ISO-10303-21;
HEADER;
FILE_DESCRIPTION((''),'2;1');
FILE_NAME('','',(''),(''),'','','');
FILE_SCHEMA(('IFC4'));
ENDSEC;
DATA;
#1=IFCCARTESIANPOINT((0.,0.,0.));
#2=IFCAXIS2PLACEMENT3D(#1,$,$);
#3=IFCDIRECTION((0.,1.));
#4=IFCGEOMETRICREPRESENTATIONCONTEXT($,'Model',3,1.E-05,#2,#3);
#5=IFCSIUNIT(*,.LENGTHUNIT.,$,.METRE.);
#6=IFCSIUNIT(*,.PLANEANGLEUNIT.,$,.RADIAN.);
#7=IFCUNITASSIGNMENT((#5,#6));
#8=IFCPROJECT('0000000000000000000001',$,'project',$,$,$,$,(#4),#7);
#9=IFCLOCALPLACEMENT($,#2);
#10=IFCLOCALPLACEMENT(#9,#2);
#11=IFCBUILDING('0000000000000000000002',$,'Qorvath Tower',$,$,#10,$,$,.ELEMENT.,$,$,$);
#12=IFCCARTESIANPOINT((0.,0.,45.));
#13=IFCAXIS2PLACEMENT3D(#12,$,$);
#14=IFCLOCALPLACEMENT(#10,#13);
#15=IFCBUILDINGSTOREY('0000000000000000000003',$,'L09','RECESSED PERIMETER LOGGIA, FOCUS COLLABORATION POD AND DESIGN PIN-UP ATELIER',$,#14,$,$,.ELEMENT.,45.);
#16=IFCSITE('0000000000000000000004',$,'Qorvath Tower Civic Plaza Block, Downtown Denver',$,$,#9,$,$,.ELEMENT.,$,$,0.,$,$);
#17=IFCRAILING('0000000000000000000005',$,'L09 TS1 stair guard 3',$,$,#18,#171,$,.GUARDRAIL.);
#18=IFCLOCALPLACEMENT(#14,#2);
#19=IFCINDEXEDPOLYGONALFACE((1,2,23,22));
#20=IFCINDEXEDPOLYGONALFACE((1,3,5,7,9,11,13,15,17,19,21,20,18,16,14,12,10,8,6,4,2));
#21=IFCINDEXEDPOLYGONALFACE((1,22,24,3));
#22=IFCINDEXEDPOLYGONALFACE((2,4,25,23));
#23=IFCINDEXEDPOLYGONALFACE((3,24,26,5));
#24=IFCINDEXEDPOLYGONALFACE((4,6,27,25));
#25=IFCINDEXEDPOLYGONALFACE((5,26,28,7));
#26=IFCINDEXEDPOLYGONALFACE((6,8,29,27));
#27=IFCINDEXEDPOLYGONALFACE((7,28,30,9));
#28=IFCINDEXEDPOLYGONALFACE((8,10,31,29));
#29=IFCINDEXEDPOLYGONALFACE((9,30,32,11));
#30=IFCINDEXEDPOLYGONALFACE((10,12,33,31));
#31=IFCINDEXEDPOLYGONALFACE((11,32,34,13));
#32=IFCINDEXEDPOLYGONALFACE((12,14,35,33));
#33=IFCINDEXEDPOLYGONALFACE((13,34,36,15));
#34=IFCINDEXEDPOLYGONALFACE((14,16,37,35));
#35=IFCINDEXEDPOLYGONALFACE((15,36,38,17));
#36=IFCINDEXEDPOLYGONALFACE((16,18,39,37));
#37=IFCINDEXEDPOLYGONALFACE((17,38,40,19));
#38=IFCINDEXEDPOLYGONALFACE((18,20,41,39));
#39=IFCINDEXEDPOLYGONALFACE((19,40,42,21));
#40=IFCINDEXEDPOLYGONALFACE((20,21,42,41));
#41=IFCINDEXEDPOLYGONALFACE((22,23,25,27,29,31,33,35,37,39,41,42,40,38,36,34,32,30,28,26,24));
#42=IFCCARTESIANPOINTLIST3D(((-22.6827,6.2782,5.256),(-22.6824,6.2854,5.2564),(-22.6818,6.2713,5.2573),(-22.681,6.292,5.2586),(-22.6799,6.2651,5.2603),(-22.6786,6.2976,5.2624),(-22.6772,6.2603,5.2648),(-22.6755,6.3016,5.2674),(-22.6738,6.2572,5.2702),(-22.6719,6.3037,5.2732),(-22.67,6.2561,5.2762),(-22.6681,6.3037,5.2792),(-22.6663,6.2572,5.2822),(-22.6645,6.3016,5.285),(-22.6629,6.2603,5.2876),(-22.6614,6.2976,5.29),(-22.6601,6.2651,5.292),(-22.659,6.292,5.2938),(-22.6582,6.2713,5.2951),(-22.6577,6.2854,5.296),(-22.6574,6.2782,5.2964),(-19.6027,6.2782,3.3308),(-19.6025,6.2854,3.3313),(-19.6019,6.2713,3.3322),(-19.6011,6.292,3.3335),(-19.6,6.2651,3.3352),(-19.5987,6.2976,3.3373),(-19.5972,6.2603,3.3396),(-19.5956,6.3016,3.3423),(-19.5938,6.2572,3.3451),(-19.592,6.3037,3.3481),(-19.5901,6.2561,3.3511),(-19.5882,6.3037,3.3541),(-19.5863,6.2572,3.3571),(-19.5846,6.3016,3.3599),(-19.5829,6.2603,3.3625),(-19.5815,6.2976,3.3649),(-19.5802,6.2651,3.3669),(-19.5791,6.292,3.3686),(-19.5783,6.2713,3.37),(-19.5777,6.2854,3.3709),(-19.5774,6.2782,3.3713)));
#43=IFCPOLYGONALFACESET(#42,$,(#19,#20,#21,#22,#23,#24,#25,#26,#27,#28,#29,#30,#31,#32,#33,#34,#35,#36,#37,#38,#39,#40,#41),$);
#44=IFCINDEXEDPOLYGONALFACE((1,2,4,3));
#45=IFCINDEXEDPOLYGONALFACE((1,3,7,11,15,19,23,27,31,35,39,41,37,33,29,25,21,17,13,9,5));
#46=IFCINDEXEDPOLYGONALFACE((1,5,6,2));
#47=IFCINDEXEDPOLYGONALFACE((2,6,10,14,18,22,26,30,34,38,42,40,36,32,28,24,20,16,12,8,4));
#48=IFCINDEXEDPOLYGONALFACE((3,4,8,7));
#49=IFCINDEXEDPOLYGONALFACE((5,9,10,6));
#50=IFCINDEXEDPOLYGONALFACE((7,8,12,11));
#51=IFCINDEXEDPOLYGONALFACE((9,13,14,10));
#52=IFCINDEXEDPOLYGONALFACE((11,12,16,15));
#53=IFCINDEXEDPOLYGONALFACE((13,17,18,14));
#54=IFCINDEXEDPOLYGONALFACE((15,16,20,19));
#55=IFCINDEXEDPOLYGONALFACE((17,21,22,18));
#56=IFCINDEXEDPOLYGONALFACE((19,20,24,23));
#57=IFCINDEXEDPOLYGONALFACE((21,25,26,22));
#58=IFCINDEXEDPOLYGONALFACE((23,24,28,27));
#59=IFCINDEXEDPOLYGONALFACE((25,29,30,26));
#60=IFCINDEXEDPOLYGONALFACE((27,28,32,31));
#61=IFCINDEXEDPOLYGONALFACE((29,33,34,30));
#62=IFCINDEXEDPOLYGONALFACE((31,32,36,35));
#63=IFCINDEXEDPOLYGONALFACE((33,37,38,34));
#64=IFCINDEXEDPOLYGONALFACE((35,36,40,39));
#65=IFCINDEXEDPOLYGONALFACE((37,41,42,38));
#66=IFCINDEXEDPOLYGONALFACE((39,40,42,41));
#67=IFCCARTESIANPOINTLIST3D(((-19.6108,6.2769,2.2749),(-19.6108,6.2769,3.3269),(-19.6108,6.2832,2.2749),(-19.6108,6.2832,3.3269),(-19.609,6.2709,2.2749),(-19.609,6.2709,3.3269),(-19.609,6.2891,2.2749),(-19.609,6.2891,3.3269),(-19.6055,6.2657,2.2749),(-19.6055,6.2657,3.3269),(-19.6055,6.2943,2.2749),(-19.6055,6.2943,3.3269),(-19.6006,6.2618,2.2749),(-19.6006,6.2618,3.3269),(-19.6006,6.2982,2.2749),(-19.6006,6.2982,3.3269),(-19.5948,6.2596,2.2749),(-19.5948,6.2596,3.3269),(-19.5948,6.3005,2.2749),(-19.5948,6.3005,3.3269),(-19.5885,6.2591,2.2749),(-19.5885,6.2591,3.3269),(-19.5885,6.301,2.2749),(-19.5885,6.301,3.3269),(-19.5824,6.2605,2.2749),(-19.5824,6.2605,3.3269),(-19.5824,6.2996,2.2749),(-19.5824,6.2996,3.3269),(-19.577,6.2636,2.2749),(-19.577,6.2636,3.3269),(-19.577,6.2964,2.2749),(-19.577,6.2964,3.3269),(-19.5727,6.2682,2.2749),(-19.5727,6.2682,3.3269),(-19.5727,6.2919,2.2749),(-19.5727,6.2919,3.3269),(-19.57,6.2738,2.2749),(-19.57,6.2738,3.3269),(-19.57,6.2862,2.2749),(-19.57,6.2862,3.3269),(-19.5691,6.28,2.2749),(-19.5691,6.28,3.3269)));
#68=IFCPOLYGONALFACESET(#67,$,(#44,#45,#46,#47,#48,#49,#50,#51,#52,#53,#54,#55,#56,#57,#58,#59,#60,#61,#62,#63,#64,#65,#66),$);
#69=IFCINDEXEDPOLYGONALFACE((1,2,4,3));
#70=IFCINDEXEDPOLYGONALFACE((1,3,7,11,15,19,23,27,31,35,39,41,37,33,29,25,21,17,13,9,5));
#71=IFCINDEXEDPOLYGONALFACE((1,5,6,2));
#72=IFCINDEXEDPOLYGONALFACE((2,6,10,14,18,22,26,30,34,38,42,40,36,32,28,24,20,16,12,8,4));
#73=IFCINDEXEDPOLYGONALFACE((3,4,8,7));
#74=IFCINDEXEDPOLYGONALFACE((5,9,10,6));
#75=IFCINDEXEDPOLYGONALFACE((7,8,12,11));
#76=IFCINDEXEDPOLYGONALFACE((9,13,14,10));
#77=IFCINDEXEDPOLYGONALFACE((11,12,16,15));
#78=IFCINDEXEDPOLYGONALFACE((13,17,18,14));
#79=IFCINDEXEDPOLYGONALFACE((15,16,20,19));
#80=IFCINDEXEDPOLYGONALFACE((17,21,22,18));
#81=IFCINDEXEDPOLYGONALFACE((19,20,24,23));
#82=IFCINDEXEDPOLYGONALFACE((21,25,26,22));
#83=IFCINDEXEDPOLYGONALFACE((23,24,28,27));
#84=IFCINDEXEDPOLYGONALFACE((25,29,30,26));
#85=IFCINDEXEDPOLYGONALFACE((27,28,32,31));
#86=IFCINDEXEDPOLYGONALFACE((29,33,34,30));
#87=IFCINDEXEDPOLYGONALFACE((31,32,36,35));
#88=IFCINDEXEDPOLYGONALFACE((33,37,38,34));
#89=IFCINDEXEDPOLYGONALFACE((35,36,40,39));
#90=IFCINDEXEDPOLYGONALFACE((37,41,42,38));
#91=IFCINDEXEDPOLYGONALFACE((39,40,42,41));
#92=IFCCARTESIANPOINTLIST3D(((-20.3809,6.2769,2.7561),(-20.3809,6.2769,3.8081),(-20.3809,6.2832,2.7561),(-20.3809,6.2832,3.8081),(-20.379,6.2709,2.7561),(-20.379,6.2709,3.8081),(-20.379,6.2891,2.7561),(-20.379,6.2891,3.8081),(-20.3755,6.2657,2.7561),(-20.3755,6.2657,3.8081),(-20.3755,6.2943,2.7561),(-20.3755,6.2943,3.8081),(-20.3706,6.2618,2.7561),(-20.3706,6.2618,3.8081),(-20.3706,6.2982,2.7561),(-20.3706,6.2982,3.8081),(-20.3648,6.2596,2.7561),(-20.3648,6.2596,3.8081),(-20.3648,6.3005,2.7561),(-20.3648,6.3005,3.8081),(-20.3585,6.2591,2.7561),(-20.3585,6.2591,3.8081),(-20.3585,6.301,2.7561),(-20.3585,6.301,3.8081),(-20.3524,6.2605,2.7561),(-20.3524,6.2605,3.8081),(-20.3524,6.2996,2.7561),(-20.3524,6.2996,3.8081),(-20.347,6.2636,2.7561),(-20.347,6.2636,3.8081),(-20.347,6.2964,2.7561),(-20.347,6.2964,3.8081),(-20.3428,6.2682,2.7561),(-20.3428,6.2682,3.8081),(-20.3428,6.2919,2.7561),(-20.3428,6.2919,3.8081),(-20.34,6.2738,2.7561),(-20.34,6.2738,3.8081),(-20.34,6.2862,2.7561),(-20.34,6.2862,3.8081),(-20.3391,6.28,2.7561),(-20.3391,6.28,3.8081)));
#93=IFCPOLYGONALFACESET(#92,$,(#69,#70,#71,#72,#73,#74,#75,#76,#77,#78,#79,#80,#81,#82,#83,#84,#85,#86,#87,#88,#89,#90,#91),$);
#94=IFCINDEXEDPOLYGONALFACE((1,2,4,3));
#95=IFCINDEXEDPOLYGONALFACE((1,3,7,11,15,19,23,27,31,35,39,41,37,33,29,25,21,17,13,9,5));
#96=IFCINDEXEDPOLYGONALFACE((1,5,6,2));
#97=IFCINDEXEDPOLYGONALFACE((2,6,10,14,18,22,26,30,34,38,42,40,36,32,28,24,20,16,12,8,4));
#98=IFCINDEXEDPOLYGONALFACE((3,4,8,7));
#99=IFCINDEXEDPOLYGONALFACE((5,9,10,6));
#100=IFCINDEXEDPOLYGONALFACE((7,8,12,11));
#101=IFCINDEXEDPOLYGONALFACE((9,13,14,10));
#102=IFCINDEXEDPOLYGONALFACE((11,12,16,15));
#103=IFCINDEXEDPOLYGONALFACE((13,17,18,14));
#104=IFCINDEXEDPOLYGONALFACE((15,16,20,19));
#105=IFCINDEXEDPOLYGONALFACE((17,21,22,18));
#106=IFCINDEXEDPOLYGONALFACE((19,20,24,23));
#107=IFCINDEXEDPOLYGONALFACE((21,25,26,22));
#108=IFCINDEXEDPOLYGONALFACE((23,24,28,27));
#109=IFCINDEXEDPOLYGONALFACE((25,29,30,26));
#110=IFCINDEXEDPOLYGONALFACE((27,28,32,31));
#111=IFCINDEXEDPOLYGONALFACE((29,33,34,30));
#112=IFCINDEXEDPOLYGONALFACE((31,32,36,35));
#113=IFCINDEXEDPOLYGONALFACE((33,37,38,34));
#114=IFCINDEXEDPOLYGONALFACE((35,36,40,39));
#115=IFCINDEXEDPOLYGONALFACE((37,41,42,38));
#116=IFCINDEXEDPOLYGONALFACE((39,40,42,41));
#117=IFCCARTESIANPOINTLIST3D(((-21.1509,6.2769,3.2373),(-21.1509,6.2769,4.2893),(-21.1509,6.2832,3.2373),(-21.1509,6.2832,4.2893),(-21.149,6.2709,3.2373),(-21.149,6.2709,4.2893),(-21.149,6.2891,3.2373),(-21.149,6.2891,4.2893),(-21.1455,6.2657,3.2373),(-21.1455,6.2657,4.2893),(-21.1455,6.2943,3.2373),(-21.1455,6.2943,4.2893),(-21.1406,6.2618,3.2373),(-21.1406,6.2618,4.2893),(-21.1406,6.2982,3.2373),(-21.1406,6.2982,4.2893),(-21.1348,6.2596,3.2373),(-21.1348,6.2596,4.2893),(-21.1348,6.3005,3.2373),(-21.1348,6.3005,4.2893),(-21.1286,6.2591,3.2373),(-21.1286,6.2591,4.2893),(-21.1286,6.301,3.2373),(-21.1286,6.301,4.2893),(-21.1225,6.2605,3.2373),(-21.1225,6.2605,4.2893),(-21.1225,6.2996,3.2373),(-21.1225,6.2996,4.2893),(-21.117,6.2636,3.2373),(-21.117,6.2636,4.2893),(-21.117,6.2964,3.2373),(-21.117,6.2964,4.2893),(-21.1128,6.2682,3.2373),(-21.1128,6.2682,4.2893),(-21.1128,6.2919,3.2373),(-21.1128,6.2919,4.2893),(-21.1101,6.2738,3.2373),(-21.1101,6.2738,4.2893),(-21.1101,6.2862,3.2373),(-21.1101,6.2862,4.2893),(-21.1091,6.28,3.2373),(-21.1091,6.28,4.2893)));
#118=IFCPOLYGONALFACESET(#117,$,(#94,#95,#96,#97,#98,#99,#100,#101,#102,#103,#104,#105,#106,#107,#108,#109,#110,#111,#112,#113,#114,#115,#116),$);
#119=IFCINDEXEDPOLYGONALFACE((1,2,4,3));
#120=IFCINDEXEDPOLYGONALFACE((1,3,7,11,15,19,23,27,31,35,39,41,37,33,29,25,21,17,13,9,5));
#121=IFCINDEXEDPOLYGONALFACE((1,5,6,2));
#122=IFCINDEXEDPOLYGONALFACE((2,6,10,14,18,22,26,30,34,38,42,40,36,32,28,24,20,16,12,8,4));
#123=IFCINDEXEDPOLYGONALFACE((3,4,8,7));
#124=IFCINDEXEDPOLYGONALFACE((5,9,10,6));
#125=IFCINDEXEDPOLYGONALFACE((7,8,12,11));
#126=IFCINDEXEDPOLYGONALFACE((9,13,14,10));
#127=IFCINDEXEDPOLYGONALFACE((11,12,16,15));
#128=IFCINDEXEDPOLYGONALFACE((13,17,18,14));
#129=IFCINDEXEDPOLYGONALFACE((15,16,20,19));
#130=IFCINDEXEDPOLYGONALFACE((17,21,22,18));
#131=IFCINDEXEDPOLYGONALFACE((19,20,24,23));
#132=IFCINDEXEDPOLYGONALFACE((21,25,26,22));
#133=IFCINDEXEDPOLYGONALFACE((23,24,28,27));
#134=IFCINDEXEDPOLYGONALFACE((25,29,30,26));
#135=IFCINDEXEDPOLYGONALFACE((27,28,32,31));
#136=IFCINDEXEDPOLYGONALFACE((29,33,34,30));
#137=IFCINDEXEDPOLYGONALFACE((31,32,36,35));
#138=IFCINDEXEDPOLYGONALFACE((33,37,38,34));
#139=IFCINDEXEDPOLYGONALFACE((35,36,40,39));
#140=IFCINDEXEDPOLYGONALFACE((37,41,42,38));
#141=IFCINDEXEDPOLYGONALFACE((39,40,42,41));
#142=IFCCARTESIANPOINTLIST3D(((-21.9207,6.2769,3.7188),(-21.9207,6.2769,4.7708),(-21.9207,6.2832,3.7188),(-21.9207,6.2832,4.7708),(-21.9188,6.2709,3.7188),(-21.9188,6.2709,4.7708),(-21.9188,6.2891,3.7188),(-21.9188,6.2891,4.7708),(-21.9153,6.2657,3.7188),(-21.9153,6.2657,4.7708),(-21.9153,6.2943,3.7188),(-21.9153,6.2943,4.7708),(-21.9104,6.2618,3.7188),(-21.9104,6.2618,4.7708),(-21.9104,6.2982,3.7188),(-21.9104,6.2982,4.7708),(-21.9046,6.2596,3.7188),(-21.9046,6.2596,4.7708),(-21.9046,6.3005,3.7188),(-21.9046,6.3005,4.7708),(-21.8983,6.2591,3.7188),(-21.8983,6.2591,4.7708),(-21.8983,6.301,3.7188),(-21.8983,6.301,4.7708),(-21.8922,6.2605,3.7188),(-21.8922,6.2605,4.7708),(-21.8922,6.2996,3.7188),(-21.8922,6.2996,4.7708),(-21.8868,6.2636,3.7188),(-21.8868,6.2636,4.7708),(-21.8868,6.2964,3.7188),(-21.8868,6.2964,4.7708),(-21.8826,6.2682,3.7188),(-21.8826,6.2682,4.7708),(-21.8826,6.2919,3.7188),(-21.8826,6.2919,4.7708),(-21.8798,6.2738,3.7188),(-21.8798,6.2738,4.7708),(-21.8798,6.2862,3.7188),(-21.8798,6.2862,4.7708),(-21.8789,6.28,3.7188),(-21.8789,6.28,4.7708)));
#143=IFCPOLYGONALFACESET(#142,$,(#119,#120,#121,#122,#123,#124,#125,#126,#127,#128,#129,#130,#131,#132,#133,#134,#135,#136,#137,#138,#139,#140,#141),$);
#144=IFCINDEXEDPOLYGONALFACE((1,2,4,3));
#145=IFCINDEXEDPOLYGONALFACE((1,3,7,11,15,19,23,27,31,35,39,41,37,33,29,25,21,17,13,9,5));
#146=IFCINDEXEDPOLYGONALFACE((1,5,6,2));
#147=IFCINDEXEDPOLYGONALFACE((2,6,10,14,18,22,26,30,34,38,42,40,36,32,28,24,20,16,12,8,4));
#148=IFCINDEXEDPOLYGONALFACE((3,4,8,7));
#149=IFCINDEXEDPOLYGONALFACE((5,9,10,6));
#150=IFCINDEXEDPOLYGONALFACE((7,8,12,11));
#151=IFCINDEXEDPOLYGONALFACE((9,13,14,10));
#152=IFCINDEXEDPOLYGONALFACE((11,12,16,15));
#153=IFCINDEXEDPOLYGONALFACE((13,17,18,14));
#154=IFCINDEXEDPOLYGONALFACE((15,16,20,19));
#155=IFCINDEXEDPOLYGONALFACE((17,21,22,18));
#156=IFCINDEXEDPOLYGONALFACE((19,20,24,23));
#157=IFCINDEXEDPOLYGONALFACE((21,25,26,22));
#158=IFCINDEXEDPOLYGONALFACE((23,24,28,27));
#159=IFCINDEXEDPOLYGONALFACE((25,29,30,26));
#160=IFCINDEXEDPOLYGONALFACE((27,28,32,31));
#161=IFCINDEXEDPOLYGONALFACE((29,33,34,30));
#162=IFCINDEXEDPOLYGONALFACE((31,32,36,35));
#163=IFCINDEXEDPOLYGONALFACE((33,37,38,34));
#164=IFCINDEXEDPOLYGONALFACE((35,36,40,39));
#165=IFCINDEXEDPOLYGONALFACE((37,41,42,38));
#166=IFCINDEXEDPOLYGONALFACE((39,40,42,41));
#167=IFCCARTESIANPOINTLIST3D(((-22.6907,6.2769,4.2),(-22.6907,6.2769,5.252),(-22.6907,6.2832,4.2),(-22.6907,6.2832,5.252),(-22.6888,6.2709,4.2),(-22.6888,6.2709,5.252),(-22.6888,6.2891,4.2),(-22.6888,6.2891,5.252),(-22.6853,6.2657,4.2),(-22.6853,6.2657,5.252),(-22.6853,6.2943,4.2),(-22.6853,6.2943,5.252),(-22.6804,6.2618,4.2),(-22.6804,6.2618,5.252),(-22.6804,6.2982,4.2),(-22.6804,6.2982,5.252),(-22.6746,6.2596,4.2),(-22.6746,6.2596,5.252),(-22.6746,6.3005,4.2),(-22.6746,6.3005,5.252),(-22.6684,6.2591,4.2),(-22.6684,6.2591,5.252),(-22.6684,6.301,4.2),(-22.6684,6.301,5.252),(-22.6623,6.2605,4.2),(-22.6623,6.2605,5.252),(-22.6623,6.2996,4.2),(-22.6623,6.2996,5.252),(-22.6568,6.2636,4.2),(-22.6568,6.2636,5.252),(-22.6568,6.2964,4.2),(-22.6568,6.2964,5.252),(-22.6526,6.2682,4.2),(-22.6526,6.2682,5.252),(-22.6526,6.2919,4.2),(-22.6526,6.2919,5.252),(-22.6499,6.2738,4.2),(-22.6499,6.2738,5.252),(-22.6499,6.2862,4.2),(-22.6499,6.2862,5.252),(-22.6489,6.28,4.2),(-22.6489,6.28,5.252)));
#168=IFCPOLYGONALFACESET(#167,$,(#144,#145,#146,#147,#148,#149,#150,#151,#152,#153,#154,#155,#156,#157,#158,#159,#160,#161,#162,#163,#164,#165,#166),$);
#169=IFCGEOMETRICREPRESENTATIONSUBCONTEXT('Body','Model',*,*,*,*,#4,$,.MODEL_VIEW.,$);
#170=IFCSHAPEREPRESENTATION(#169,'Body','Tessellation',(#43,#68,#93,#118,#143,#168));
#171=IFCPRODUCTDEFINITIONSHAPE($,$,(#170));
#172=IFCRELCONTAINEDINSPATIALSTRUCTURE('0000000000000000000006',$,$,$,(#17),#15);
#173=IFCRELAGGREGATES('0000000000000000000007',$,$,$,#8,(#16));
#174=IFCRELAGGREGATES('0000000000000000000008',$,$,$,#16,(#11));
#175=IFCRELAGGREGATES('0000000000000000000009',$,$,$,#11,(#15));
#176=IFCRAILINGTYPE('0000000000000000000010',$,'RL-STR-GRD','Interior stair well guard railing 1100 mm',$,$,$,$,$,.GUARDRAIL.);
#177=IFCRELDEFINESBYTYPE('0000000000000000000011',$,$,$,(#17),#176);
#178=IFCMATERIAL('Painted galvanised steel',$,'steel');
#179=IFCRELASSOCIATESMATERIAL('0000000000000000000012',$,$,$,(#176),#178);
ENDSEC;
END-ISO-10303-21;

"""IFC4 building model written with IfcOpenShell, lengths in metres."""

from ifc_helpers import new_model, si_unit, direction, frame, origin, origin_2d, place, context, subcontext, project, spatial, circle, extrude, material, type_object, element, save


model = new_model("IFC4")

# Units and contexts
model_context = context("Model", 3, precision=1e-05, world=origin(), true_north=direction((0.0, 1.0)))
body_context = subcontext(model_context, "Body", "Model", "MODEL_VIEW")
ifc_project = project(units=[si_unit("LENGTHUNIT", "METRE"), si_unit("PLANEANGLEUNIT", "RADIAN")], contexts=[model_context])

# Site, building, storey
site_placement = place(None, origin())
site = spatial("IfcSite", under=ifc_project, at=site_placement, Name="Qorvath Tower Civic Plaza Block, Downtown Denver", CompositionType="ELEMENT", RefElevation=0.0)
building_placement = place(site_placement, origin())
building = spatial("IfcBuilding", under=site, at=building_placement, Name="Qorvath Tower", CompositionType="ELEMENT")
storey_placement = place(building_placement, frame((0.0, 0.0, 45.0)))
storey = spatial("IfcBuildingStorey", under=building, at=storey_placement, Name="L09", Description="RECESSED PERIMETER LOGGIA, FOCUS COLLABORATION POD AND DESIGN PIN-UP ATELIER", CompositionType="ELEMENT", Elevation=45.0)

# Railing
ifc_material_1 = material(Name="Painted galvanised steel", Category="steel")
railing_type_1 = type_object("IfcRailingType", Name="RL-STR-GRD", Description="Interior stair well guard railing 1100 mm", PredefinedType="GUARDRAIL", material=ifc_material_1)
railing_1_placement = place(storey_placement, frame((-19.5901, 6.28, 2.2749)))
element("IfcRailing", 1, at=railing_1_placement, inside=storey, type_object=railing_type_1, Name="L09 TS1 stair guard 3", PredefinedType="GUARDRAIL", context=body_context, shape_type="SweptSolid", body=[
    extrude(circle(Radius=0.0239, at=origin_2d()), frame((0.0, 0.0, 1.0762), z_axis=(-0.847979, 0.0, 0.530029), x_axis=(0.0, -1.0, 0.0)), (0.0, 0.0, 1.0), 3.6321),
    extrude(circle(Radius=0.021, at=origin_2d()), origin(), (0.0, 0.0, 1.0), 1.052),
    extrude(circle(Radius=0.021, at=origin_2d()), frame((-0.77, 0.0, 0.4812)), (0.0, 0.0, 1.0), 1.052),
    extrude(circle(Radius=0.021, at=origin_2d()), frame((-1.54, 0.0, 0.9624)), (0.0, 0.0, 1.0), 1.052),
    extrude(circle(Radius=0.021, at=origin_2d()), frame((-2.3098, 0.0, 1.4438)), (0.0, 0.0, 1.0), 1.052),
    extrude(circle(Radius=0.021, at=origin_2d()), frame((-3.0798, 0.0, 1.925)), (0.0, 0.0, 1.0), 1.052),
])

save(model, "model.ifc")
